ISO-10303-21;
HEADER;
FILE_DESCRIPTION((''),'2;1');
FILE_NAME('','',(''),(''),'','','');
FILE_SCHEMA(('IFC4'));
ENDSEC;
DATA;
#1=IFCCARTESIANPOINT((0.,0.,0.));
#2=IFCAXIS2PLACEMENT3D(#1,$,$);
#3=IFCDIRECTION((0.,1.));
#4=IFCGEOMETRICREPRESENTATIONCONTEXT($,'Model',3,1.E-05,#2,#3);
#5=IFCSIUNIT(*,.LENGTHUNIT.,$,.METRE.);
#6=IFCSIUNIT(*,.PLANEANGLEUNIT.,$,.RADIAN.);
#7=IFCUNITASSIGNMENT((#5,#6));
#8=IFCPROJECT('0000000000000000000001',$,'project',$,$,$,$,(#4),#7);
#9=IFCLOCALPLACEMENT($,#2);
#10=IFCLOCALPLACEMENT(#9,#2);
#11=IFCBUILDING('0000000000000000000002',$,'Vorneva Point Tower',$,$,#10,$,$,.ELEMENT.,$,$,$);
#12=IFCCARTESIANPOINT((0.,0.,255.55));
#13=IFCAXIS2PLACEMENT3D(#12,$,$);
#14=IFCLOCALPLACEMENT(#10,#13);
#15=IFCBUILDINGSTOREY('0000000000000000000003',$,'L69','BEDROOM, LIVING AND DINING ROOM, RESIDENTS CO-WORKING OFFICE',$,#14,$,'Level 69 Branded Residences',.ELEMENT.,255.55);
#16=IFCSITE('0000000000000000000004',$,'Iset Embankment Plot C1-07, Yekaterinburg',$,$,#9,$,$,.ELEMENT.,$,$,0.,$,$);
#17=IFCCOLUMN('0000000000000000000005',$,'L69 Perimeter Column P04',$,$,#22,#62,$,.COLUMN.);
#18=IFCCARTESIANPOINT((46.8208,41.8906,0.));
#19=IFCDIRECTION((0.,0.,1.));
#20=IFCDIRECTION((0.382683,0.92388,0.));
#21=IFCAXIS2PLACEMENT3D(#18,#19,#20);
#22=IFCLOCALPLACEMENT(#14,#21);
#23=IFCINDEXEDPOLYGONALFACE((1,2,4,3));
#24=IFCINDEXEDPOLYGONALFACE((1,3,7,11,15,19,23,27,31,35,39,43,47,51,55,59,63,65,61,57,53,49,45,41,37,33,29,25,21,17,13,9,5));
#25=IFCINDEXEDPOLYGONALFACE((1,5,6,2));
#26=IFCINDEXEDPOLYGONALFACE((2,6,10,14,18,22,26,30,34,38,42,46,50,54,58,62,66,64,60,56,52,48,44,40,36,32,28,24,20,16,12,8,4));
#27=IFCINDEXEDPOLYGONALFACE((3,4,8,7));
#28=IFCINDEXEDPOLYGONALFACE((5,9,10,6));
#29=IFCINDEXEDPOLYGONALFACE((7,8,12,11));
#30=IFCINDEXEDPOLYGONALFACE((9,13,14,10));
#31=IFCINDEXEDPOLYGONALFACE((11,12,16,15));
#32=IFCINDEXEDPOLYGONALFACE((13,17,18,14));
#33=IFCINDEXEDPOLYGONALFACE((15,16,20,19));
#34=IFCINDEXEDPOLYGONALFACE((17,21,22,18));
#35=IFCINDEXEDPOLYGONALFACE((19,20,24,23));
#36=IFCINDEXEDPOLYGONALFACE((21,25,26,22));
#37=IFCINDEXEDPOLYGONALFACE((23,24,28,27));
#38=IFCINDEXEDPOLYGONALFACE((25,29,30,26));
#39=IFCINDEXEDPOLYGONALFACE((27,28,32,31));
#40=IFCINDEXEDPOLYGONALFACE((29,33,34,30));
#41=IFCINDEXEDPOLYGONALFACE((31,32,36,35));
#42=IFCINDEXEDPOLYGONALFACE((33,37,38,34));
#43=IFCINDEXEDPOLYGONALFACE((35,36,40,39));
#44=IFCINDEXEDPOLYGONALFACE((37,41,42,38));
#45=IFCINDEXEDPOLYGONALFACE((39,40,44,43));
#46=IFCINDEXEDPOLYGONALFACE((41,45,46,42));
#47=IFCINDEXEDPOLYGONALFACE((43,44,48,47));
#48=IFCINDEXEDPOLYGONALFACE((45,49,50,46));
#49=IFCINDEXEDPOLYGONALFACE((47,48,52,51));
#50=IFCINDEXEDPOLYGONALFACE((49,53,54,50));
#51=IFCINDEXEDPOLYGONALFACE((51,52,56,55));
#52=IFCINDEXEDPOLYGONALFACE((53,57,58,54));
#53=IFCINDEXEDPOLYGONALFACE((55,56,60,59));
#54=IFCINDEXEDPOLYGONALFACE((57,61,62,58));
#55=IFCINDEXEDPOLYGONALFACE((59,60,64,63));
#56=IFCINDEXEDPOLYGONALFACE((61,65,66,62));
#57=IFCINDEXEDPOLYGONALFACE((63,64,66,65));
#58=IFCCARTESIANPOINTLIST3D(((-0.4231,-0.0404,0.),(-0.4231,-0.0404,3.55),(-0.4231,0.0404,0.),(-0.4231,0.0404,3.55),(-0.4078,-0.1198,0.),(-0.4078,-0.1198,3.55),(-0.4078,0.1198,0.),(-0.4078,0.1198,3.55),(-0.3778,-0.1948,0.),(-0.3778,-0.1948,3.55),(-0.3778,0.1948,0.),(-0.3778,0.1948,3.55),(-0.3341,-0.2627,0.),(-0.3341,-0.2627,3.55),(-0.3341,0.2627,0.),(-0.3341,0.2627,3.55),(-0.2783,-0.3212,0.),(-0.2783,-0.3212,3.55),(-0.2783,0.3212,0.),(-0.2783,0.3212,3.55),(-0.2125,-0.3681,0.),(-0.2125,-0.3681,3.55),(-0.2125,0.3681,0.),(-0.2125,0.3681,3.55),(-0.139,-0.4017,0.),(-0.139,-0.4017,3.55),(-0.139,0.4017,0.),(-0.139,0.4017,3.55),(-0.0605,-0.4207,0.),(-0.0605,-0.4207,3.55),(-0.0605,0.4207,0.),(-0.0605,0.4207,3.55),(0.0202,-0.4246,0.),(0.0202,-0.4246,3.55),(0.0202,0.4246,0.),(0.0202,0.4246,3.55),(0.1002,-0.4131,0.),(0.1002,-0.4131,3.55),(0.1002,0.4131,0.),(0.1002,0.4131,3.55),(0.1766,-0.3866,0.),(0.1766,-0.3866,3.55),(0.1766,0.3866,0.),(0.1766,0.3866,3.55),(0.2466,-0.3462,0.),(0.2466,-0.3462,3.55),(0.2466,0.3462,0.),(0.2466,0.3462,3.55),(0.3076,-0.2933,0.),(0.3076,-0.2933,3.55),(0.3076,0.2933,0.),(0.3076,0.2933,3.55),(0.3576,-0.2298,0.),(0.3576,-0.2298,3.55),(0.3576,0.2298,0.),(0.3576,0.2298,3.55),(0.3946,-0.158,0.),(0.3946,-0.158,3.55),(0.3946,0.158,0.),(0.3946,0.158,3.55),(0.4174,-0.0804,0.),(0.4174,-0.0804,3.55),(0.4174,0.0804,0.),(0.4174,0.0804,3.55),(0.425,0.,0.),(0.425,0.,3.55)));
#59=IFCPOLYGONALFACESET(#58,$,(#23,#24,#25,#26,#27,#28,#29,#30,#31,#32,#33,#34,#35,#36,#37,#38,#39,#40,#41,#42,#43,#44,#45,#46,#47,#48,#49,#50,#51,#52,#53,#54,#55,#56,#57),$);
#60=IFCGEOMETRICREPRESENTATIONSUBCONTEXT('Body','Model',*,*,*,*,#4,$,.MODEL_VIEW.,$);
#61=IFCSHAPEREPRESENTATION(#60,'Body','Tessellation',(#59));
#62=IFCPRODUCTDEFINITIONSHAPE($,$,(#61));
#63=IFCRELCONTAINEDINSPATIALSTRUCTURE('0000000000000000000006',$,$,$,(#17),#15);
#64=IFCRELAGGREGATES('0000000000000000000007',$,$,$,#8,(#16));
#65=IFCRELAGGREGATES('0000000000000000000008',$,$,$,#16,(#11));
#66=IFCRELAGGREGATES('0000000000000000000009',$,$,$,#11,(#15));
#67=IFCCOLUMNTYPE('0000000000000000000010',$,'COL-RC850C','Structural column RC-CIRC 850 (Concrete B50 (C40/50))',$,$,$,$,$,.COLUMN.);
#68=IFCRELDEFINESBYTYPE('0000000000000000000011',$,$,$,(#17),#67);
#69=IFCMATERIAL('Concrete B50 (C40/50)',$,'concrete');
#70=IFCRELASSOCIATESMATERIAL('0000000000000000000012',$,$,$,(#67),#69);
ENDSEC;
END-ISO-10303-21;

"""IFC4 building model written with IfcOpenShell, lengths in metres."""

from ifc_helpers import new_model, si_unit, direction, frame, origin, origin_2d, place, context, subcontext, project, spatial, circle, extrude, material, material_profile, profile_set, type_object, element, save


model = new_model("IFC4")

# Units and contexts
model_context = context("Model", 3, precision=1e-05, world=origin(), true_north=direction((0.0, 1.0)))
body_context = subcontext(model_context, "Body", "Model", "MODEL_VIEW")
ifc_project = project(units=[si_unit("LENGTHUNIT", "METRE"), si_unit("PLANEANGLEUNIT", "RADIAN")], contexts=[model_context])

# Site, building, storey
site_placement = place(None, origin())
site = spatial("IfcSite", under=ifc_project, at=site_placement, Name="Iset Embankment Plot C1-07, Yekaterinburg", CompositionType="ELEMENT", RefElevation=0.0)
building_placement = place(site_placement, origin())
building = spatial("IfcBuilding", under=site, at=building_placement, Name="Vorneva Point Tower", CompositionType="ELEMENT")
storey_placement = place(building_placement, frame((0.0, 0.0, 255.55)))
storey = spatial("IfcBuildingStorey", under=building, at=storey_placement, Name="L69", Description="BEDROOM, LIVING AND DINING ROOM, RESIDENTS CO-WORKING OFFICE", LongName="Level 69 Branded Residences", CompositionType="ELEMENT", Elevation=255.55)

# Column
ifc_material_1 = material(Name="Concrete B50 (C40/50)", Category="concrete")
ifc_material_profile_1 = material_profile(ifc_material_1, circle(Radius=0.425, at=origin_2d()), Name="RC-CIRC 850")
ifc_profile_set_1 = profile_set([ifc_material_profile_1], Name="Concrete B50 (C40/50)")
column_type = type_object("IfcColumnType", Name="COL-RC850C", Description="Structural column RC-CIRC 850 (Concrete B50 (C40/50))", PredefinedType="COLUMN", material=ifc_profile_set_1)
column_placement = place(storey_placement, frame((46.8208, 41.8906, 0.0), z_axis=(0.0, 0.0, 1.0), x_axis=(0.382683, 0.92388, 0.0)))
element("IfcColumn", 1, at=column_placement, inside=storey, type_object=column_type, Name="L69 Perimeter Column P04", PredefinedType="COLUMN", context=body_context, shape_type="SweptSolid", body=[
    extrude(circle(Radius=0.425, at=origin_2d()), origin(), (0.0, 0.0, 1.0), 3.55),
])

save(model, "model.ifc")
